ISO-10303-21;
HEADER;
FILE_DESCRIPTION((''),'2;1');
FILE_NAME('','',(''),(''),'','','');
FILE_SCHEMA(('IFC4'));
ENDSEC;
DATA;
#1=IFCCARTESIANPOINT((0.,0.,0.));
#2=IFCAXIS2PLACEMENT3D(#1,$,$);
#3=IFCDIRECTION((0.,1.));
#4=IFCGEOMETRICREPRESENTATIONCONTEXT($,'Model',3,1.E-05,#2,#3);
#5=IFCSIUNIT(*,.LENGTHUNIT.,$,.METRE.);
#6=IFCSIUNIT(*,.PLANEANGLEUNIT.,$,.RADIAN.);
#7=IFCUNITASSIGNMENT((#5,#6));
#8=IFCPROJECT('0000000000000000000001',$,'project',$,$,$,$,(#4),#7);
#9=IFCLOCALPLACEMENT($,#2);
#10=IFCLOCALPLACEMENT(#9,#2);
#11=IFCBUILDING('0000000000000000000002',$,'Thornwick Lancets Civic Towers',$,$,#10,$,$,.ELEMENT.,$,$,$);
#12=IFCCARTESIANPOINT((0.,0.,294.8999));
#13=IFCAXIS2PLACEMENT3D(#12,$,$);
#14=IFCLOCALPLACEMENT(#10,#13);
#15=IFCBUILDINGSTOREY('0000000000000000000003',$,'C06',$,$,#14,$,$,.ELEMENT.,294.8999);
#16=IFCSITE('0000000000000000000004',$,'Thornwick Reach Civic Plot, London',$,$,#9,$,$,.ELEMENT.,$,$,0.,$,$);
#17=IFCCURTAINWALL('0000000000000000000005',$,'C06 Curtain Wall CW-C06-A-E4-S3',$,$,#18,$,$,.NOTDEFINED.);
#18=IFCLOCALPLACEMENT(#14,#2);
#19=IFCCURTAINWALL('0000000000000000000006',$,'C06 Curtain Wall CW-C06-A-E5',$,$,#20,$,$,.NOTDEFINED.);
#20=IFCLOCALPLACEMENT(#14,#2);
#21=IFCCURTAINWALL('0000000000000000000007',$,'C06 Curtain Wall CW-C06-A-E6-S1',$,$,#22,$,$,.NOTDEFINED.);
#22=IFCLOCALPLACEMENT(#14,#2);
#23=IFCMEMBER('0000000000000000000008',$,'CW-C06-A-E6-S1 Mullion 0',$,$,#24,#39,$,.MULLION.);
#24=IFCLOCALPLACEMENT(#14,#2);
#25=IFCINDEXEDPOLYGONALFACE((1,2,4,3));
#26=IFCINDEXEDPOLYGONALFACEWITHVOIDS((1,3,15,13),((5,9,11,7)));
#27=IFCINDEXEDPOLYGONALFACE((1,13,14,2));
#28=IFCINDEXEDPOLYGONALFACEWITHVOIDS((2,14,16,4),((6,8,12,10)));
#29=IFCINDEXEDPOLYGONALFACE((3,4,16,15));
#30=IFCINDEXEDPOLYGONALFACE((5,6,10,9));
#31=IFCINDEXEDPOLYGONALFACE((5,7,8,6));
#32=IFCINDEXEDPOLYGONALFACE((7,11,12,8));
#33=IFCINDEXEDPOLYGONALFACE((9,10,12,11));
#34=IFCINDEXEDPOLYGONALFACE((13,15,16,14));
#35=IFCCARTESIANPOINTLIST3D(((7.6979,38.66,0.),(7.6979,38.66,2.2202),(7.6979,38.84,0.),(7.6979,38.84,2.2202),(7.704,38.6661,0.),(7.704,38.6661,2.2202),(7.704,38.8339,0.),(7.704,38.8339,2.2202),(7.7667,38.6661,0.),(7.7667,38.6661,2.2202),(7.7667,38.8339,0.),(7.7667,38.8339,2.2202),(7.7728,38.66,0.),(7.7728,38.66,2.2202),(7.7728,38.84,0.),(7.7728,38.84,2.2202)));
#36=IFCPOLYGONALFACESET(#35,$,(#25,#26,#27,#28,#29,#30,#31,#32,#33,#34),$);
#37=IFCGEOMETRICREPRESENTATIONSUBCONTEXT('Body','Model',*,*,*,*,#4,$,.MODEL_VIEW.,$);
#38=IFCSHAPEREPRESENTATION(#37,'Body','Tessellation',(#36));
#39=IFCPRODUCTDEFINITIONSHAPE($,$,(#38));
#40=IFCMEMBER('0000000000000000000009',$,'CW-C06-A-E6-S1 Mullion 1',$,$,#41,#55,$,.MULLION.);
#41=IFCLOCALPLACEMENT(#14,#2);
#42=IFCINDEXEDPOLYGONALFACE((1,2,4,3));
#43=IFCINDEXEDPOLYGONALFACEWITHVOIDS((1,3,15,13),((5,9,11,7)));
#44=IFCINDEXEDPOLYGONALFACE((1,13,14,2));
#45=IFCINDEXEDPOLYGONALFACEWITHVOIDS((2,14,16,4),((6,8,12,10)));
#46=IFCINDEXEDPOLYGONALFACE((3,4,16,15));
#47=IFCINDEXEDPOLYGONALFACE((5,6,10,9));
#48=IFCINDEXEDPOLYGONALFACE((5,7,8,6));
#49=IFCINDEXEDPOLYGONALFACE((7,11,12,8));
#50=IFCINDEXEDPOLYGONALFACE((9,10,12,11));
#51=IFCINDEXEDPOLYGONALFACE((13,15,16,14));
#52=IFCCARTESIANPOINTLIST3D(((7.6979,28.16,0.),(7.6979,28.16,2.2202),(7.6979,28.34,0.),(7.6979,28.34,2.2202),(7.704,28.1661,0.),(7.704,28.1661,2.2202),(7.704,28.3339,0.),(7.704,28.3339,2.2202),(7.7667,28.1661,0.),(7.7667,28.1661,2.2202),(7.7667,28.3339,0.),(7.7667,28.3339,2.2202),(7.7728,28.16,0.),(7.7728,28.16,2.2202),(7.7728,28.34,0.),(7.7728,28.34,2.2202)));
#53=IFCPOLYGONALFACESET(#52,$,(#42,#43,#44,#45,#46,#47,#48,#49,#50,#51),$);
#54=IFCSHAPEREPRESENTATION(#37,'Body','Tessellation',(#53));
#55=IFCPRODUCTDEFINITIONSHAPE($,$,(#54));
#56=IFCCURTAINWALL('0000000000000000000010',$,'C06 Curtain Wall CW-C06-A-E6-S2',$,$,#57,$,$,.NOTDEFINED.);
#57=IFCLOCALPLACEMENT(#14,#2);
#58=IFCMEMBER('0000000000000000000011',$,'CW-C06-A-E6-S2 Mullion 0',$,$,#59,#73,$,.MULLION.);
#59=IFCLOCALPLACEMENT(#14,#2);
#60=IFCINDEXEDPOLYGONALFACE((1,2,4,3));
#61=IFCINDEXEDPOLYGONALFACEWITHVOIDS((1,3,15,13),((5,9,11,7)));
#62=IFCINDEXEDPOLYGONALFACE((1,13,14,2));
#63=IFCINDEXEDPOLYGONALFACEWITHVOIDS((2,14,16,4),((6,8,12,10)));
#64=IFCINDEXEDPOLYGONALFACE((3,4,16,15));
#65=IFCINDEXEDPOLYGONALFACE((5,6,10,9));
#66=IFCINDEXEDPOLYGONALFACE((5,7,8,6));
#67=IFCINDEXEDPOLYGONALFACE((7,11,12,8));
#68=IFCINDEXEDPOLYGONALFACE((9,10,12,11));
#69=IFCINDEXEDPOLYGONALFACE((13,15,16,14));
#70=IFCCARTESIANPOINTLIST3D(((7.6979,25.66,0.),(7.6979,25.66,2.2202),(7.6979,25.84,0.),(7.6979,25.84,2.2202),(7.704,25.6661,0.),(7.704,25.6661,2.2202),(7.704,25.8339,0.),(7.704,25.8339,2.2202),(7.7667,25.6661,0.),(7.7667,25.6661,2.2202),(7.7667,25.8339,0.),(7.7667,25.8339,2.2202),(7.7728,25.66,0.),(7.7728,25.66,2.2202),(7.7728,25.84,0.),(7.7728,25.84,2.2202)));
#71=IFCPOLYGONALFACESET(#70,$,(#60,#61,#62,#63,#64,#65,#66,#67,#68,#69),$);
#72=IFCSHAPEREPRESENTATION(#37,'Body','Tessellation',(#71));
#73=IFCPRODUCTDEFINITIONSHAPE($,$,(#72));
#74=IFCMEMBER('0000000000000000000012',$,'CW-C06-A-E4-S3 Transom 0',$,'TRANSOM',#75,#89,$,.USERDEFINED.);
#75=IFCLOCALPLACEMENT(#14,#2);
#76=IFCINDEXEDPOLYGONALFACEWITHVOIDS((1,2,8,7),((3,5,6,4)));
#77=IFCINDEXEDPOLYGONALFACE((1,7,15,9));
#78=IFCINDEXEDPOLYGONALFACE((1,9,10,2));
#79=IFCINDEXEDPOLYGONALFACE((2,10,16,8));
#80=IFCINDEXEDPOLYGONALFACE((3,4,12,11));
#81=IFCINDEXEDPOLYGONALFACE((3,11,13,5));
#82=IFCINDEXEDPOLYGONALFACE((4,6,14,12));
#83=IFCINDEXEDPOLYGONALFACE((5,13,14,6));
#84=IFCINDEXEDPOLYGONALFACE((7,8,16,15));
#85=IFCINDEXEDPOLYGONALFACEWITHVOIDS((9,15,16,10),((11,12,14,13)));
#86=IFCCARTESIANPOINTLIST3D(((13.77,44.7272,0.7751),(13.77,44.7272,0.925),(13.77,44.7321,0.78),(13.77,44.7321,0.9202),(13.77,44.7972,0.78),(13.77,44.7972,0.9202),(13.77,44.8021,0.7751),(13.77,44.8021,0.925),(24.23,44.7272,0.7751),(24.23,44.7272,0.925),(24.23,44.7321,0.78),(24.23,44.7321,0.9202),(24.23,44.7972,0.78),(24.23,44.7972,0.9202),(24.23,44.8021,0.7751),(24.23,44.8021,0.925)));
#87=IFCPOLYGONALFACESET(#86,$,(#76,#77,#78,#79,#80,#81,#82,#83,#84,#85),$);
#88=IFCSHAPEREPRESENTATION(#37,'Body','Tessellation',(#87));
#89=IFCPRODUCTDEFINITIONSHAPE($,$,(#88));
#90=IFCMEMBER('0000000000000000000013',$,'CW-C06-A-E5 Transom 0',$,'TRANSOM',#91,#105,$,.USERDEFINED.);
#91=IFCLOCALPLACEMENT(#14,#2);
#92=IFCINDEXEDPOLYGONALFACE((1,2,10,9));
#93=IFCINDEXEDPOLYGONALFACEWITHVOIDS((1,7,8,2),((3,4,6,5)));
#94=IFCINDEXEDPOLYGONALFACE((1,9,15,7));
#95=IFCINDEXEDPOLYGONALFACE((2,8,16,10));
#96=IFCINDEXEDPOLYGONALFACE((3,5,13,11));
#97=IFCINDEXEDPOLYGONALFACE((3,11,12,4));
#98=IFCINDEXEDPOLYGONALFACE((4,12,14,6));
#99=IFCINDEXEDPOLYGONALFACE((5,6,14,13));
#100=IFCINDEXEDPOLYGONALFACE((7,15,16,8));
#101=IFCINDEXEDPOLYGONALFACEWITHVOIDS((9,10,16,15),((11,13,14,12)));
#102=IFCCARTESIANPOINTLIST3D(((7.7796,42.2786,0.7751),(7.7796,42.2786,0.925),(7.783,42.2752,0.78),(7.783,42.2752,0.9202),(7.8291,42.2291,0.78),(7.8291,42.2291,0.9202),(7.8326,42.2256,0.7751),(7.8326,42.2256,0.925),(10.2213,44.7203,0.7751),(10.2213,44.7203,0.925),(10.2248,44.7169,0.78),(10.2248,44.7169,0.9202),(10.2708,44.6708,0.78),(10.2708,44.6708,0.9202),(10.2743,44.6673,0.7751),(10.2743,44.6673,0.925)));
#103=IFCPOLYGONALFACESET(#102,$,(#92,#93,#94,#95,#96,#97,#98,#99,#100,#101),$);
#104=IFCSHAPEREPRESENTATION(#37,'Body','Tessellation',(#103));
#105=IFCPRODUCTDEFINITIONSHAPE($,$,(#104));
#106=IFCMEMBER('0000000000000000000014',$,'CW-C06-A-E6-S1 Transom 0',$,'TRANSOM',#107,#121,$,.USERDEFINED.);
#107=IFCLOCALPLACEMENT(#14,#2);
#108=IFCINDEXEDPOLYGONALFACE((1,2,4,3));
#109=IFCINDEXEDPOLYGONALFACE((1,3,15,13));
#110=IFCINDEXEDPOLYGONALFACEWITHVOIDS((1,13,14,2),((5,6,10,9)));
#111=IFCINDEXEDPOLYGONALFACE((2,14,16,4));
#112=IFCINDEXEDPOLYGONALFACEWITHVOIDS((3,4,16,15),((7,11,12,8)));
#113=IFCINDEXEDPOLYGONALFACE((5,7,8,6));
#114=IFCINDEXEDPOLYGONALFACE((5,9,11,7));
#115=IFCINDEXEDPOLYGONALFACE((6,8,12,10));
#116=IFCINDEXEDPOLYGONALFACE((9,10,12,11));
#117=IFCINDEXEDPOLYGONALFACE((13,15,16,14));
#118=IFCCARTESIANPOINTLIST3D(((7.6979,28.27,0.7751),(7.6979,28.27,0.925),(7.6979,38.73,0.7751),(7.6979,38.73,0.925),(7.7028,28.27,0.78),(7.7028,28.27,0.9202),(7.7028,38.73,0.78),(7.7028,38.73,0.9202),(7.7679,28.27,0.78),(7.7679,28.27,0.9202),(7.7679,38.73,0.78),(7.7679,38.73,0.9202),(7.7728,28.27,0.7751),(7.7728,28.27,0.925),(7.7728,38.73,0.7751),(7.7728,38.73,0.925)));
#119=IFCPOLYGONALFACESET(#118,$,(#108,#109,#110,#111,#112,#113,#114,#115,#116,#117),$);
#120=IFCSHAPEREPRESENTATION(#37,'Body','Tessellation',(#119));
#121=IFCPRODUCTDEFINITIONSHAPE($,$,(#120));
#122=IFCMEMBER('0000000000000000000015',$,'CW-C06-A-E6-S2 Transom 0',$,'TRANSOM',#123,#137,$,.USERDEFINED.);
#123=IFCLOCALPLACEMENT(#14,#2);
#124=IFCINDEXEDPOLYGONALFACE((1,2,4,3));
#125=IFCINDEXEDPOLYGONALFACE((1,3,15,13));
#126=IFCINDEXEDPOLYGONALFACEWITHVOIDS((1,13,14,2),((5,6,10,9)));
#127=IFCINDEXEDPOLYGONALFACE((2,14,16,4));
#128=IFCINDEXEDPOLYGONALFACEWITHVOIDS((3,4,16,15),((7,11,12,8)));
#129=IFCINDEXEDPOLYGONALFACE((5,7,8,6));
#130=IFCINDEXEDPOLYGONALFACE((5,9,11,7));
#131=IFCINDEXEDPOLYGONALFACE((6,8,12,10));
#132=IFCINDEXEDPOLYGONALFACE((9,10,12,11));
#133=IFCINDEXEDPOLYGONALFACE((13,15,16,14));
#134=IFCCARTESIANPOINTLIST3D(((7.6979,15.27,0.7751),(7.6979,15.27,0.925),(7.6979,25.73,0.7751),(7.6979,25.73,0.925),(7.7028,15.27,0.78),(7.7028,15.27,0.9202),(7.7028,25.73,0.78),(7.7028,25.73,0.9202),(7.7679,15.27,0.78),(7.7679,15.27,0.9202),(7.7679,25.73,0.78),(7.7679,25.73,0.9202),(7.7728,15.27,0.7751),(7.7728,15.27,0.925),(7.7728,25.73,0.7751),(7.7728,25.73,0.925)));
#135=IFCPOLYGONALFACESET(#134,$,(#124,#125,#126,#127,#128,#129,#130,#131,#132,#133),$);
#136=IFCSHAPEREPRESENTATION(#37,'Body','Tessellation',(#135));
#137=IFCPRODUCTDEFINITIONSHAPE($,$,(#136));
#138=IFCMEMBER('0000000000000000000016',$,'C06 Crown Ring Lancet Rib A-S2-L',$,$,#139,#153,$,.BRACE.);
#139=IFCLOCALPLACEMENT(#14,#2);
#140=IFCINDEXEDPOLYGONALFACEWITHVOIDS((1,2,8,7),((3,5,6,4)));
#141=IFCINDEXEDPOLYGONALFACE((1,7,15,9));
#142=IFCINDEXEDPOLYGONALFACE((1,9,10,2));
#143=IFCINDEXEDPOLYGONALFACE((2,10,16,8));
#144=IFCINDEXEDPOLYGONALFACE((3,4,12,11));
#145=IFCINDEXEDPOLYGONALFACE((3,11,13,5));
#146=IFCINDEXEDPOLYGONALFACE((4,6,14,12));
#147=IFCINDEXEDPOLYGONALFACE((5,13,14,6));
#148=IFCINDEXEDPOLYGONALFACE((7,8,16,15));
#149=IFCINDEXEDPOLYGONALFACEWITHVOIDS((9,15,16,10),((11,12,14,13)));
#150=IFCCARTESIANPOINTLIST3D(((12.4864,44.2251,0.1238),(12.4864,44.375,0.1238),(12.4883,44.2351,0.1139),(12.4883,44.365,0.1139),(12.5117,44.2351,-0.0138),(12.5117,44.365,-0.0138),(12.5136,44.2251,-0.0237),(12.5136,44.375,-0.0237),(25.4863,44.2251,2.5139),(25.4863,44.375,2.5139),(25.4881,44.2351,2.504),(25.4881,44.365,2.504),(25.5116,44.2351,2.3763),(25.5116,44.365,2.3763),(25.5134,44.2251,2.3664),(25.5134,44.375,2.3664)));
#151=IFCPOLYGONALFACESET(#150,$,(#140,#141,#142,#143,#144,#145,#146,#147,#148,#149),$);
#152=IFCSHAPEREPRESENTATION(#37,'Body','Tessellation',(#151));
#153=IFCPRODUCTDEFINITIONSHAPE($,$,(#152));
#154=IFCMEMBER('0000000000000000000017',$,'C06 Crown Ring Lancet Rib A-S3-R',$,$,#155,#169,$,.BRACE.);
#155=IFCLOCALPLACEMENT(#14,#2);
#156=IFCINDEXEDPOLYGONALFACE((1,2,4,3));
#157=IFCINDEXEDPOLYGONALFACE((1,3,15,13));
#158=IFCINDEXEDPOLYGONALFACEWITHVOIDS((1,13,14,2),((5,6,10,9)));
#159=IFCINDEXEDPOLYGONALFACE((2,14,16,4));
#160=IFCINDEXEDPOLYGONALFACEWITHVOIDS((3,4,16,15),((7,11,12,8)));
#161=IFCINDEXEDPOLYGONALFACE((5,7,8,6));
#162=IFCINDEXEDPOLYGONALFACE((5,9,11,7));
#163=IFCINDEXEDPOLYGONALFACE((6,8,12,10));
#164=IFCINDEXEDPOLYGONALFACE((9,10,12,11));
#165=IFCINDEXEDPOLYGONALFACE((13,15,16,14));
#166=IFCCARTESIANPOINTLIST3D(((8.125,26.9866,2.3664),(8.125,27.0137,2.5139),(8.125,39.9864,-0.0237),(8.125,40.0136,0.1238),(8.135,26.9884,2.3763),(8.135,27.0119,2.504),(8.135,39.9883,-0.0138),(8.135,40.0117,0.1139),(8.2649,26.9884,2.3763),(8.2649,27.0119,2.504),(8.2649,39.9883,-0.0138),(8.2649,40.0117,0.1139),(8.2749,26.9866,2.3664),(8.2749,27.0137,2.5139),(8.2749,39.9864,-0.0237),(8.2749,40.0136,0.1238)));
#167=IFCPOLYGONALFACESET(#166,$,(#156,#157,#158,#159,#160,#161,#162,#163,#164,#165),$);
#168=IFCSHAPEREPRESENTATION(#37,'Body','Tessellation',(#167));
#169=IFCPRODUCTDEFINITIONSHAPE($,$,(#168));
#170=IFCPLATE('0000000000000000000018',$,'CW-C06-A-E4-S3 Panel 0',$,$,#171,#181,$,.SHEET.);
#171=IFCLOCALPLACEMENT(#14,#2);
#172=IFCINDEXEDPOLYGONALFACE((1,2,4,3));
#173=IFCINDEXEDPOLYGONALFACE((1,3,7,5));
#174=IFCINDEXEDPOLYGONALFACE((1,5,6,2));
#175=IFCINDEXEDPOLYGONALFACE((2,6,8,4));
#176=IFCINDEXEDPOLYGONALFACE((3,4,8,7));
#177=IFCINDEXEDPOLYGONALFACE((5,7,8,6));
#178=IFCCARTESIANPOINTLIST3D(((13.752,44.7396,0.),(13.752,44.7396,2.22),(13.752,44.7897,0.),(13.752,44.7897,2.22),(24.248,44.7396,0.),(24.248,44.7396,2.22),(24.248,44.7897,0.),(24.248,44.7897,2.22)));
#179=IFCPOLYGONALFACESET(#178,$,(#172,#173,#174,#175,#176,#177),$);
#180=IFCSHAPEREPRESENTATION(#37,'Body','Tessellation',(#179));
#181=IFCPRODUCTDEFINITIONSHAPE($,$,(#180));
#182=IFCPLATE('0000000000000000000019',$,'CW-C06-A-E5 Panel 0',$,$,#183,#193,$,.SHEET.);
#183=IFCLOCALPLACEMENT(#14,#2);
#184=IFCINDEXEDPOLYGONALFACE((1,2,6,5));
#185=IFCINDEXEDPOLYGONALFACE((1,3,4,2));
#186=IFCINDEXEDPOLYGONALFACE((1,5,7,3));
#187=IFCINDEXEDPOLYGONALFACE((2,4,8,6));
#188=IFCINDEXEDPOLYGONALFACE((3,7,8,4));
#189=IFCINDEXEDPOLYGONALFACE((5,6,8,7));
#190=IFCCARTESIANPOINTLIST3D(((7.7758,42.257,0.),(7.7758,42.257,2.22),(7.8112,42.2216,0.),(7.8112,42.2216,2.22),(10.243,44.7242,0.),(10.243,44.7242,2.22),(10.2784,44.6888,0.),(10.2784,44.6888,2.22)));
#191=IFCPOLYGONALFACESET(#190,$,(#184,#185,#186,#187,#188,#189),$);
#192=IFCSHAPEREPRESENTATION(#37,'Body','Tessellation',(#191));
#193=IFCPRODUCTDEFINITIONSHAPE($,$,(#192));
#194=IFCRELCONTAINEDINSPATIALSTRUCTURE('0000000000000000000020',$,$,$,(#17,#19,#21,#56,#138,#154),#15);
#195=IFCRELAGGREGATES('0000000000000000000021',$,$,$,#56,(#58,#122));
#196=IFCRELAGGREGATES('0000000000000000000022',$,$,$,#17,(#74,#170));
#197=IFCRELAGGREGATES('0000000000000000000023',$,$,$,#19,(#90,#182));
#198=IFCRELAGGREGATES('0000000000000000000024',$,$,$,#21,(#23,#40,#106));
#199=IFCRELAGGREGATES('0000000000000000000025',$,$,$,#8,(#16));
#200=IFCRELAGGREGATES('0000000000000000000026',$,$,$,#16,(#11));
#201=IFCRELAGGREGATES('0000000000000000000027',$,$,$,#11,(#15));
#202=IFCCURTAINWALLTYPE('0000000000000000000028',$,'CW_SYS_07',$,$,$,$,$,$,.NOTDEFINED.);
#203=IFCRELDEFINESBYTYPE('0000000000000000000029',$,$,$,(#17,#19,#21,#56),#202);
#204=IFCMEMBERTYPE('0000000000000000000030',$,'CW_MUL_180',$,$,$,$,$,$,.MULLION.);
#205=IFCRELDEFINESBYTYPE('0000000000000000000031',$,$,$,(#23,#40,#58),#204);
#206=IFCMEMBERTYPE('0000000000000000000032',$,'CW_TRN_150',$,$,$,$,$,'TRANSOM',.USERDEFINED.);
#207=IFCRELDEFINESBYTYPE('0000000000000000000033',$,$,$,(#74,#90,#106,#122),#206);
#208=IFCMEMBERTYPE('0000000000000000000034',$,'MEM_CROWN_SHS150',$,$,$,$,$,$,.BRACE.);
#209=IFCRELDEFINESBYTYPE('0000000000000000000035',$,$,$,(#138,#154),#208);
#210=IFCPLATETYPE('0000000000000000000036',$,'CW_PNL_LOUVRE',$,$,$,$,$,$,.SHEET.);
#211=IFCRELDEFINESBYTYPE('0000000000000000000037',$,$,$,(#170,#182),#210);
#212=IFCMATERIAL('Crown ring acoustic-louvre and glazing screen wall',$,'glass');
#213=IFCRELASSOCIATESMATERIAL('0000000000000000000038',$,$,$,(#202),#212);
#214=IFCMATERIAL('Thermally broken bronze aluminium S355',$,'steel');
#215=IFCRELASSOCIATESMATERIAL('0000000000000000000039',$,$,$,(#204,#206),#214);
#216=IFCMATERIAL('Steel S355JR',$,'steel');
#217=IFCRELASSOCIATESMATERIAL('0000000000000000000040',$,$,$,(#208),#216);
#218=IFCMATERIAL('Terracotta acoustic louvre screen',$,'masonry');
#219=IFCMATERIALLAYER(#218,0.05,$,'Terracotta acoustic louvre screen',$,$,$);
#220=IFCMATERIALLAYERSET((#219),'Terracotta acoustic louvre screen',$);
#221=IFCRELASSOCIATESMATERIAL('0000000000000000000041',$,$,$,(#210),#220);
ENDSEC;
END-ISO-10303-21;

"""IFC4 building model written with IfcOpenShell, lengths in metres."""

from ifc_helpers import new_model, si_unit, direction, frame, origin, origin_2d, place, context, subcontext, project, spatial, rectangle, hollow_rectangle, extrude, material, layer, layer_set, material_profile, profile_set, type_object, element, aggregate, save


model = new_model("IFC4")

# Units and contexts
model_context = context("Model", 3, precision=1e-05, world=origin(), true_north=direction((0.0, 1.0)))
body_context = subcontext(model_context, "Body", "Model", "MODEL_VIEW")
ifc_project = project(units=[si_unit("LENGTHUNIT", "METRE"), si_unit("PLANEANGLEUNIT", "RADIAN")], contexts=[model_context])

# Site, building, storey
site_placement = place(None, origin())
site = spatial("IfcSite", under=ifc_project, at=site_placement, Name="Thornwick Reach Civic Plot, London", CompositionType="ELEMENT", RefElevation=0.0)
building_placement = place(site_placement, origin())
building = spatial("IfcBuilding", under=site, at=building_placement, Name="Thornwick Lancets Civic Towers", CompositionType="ELEMENT")
storey_placement = place(building_placement, frame((0.0, 0.0, 294.8999)))
storey = spatial("IfcBuildingStorey", under=building, at=storey_placement, Name="C06", CompositionType="ELEMENT", Elevation=294.8999)

# Shared definitions
ifc_material_1 = material(Name="Steel S355JR", Category="steel")

# Curtain walls, members
ifc_material_2 = material(Name="Crown ring acoustic-louvre and glazing screen wall", Category="glass")
curtain_wall_type = type_object("IfcCurtainWallType", Name="CW_SYS_07", PredefinedType="NOTDEFINED", material=ifc_material_2)
curtain_wall_1_placement = place(storey_placement, origin())
curtain_wall_1 = element("IfcCurtainWall", 1, at=curtain_wall_1_placement, inside=storey, type_object=curtain_wall_type, Name="C06 Curtain Wall CW-C06-A-E4-S3", PredefinedType="NOTDEFINED")
ifc_material_3 = material(Name="Thermally broken bronze aluminium S355", Category="steel")
ifc_material_profile_1 = material_profile(ifc_material_3, hollow_rectangle(XDim=0.075, YDim=0.1799, WallThickness=0.0061, at=origin_2d()), Name="RHS 180x75x6")
ifc_profile_set_1 = profile_set([ifc_material_profile_1], Name="Thermally broken bronze aluminium S355")
member_type_1 = type_object("IfcMemberType", Name="CW_MUL_180", PredefinedType="MULLION", material=ifc_profile_set_1)
curtain_wall_2_placement = place(storey_placement, origin())
curtain_wall_2 = element("IfcCurtainWall", 2, at=curtain_wall_2_placement, inside=storey, type_object=curtain_wall_type, Name="C06 Curtain Wall CW-C06-A-E5", PredefinedType="NOTDEFINED")
curtain_wall_3_placement = place(storey_placement, origin())
curtain_wall_3 = element("IfcCurtainWall", 3, at=curtain_wall_3_placement, inside=storey, type_object=curtain_wall_type, Name="C06 Curtain Wall CW-C06-A-E6-S1", PredefinedType="NOTDEFINED")
member_1_placement = place(storey_placement, frame((7.7354, 38.75, 0.0), z_axis=(0.0, 0.0, 1.0), x_axis=(1.0, 0.0, 0.0)))
member_1 = element("IfcMember", 4, at=member_1_placement, type_object=member_type_1, Name="CW-C06-A-E6-S1 Mullion 0", PredefinedType="MULLION", context=body_context, shape_type="SweptSolid", body=[
    extrude(hollow_rectangle(XDim=0.075, YDim=0.1799, WallThickness=0.0061, at=origin_2d()), origin(), (0.0, 0.0, 1.0), 2.2202),
])
member_2_placement = place(storey_placement, frame((7.7354, 28.25, 0.0), z_axis=(0.0, 0.0, 1.0), x_axis=(1.0, 0.0, 0.0)))
member_2 = element("IfcMember", 5, at=member_2_placement, type_object=member_type_1, Name="CW-C06-A-E6-S1 Mullion 1", PredefinedType="MULLION", context=body_context, shape_type="SweptSolid", body=[
    extrude(hollow_rectangle(XDim=0.075, YDim=0.1799, WallThickness=0.0061, at=origin_2d()), origin(), (0.0, 0.0, 1.0), 2.2202),
])

# Curtain wall, member
curtain_wall_4_placement = place(storey_placement, origin())
curtain_wall_4 = element("IfcCurtainWall", 6, at=curtain_wall_4_placement, inside=storey, type_object=curtain_wall_type, Name="C06 Curtain Wall CW-C06-A-E6-S2", PredefinedType="NOTDEFINED")
member_3_placement = place(storey_placement, frame((7.7354, 25.75, 0.0), z_axis=(0.0, 0.0, 1.0), x_axis=(1.0, 0.0, 0.0)))
member_3 = element("IfcMember", 7, at=member_3_placement, type_object=member_type_1, Name="CW-C06-A-E6-S2 Mullion 0", PredefinedType="MULLION", context=body_context, shape_type="SweptSolid", body=[
    extrude(hollow_rectangle(XDim=0.075, YDim=0.1799, WallThickness=0.0061, at=origin_2d()), origin(), (0.0, 0.0, 1.0), 2.2202),
])

# Members
ifc_material_profile_2 = material_profile(ifc_material_3, hollow_rectangle(XDim=0.075, YDim=0.1499, WallThickness=0.0049, at=origin_2d()), Name="RHS 150x75x5")
ifc_profile_set_2 = profile_set([ifc_material_profile_2], Name="Thermally broken bronze aluminium S355")
member_type_2 = type_object("IfcMemberType", Name="CW_TRN_150", ElementType="TRANSOM", PredefinedType="USERDEFINED", material=ifc_profile_set_2)
member_4_placement = place(storey_placement, frame((24.23, 44.7646, 0.8501), z_axis=(-1.0, 0.0, 0.0), x_axis=(0.0, -1.0, 0.0)))
member_4 = element("IfcMember", 8, at=member_4_placement, type_object=member_type_2, Name="CW-C06-A-E4-S3 Transom 0", ObjectType="TRANSOM", PredefinedType="USERDEFINED", context=body_context, shape_type="SweptSolid", body=[
    extrude(hollow_rectangle(XDim=0.075, YDim=0.1499, WallThickness=0.0049, at=origin_2d()), origin(), (0.0, 0.0, 1.0), 10.46),
])
member_5_placement = place(storey_placement, frame((10.2478, 44.6938, 0.8501), z_axis=(-0.707107, -0.707107, 0.0), x_axis=(0.707107, -0.707107, 0.0)))
member_5 = element("IfcMember", 9, at=member_5_placement, type_object=member_type_2, Name="CW-C06-A-E5 Transom 0", ObjectType="TRANSOM", PredefinedType="USERDEFINED", context=body_context, shape_type="SweptSolid", body=[
    extrude(hollow_rectangle(XDim=0.075, YDim=0.1499, WallThickness=0.0049, at=origin_2d()), origin(), (0.0, 0.0, 1.0), 3.4531),
])
member_6_placement = place(storey_placement, frame((7.7354, 38.73, 0.8501), z_axis=(0.0, -1.0, 0.0), x_axis=(1.0, 0.0, 0.0)))
member_6 = element("IfcMember", 10, at=member_6_placement, type_object=member_type_2, Name="CW-C06-A-E6-S1 Transom 0", ObjectType="TRANSOM", PredefinedType="USERDEFINED", context=body_context, shape_type="SweptSolid", body=[
    extrude(hollow_rectangle(XDim=0.075, YDim=0.1499, WallThickness=0.0049, at=origin_2d()), origin(), (0.0, 0.0, 1.0), 10.46),
])
member_7_placement = place(storey_placement, frame((7.7354, 25.73, 0.8501), z_axis=(0.0, -1.0, 0.0), x_axis=(1.0, 0.0, 0.0)))
member_7 = element("IfcMember", 11, at=member_7_placement, type_object=member_type_2, Name="CW-C06-A-E6-S2 Transom 0", ObjectType="TRANSOM", PredefinedType="USERDEFINED", context=body_context, shape_type="SweptSolid", body=[
    extrude(hollow_rectangle(XDim=0.075, YDim=0.1499, WallThickness=0.0049, at=origin_2d()), origin(), (0.0, 0.0, 1.0), 10.46),
])
aggregate(curtain_wall_4, [member_3, member_7])

# Members
ifc_material_profile_3 = material_profile(ifc_material_1, hollow_rectangle(XDim=0.1499, YDim=0.1499, WallThickness=0.01, at=origin_2d()), Name="SHS 150x150x10")
ifc_profile_set_3 = profile_set([ifc_material_profile_3], Name="Steel S355JR")
member_type_3 = type_object("IfcMemberType", Name="MEM_CROWN_SHS150", PredefinedType="BRACE", material=ifc_profile_set_3)
for number, where, z_axis, x_axis, name in (
    (12, (12.5, 44.3, 0.05), (0.983515, 0.0, 0.180826), (0.0, 1.0, 0.0), "C06 Crown Ring Lancet Rib A-S2-L"),
    (13, (8.2, 40.0, 0.05), (0.0, -0.983515, 0.180826), (1.0, 0.0, 0.0), "C06 Crown Ring Lancet Rib A-S3-R"),
):
    element("IfcMember", number, at=place(storey_placement, frame(where, z_axis=z_axis, x_axis=x_axis)), inside=storey, type_object=member_type_3, Name=name, PredefinedType="BRACE", context=body_context, shape_type="SweptSolid", body=[
        extrude(hollow_rectangle(XDim=0.1499, YDim=0.1499, WallThickness=0.01, at=origin_2d()), origin(), (0.0, 0.0, 1.0), 13.2178),
    ])

# Plates
ifc_material_4 = material(Name="Terracotta acoustic louvre screen", Category="masonry")
ifc_layer_1 = layer(ifc_material_4, 0.05, Name="Terracotta acoustic louvre screen")
ifc_layer_set_1 = layer_set([ifc_layer_1], Name="Terracotta acoustic louvre screen")
plate_type_1 = type_object("IfcPlateType", Name="CW_PNL_LOUVRE", PredefinedType="SHEET", material=ifc_layer_set_1)
plate_1_placement = place(storey_placement, frame((19.0, 44.7646, 0.0), z_axis=(0.0, 0.0, 1.0), x_axis=(-1.0, 0.0, 0.0)))
plate_1 = element("IfcPlate", 14, at=plate_1_placement, type_object=plate_type_1, Name="CW-C06-A-E4-S3 Panel 0", PredefinedType="SHEET", context=body_context, shape_type="SweptSolid", body=[
    extrude(rectangle(XDim=10.4961, YDim=0.05, at=origin_2d()), origin(), (0.0, 0.0, 1.0), 2.22),
])
aggregate(curtain_wall_1, [member_4, plate_1])
plate_2_placement = place(storey_placement, frame((9.0271, 43.4729, 0.0), z_axis=(0.0, 0.0, 1.0), x_axis=(-0.707107, -0.707107, 0.0)))
plate_2 = element("IfcPlate", 15, at=plate_2_placement, type_object=plate_type_1, Name="CW-C06-A-E5 Panel 0", PredefinedType="SHEET", context=body_context, shape_type="SweptSolid", body=[
    extrude(rectangle(XDim=3.4893, YDim=0.05, at=origin_2d()), origin(), (0.0, 0.0, 1.0), 2.22),
])
aggregate(curtain_wall_2, [member_5, plate_2])
aggregate(curtain_wall_3, [member_1, member_2, member_6])

save(model, "model.ifc")
